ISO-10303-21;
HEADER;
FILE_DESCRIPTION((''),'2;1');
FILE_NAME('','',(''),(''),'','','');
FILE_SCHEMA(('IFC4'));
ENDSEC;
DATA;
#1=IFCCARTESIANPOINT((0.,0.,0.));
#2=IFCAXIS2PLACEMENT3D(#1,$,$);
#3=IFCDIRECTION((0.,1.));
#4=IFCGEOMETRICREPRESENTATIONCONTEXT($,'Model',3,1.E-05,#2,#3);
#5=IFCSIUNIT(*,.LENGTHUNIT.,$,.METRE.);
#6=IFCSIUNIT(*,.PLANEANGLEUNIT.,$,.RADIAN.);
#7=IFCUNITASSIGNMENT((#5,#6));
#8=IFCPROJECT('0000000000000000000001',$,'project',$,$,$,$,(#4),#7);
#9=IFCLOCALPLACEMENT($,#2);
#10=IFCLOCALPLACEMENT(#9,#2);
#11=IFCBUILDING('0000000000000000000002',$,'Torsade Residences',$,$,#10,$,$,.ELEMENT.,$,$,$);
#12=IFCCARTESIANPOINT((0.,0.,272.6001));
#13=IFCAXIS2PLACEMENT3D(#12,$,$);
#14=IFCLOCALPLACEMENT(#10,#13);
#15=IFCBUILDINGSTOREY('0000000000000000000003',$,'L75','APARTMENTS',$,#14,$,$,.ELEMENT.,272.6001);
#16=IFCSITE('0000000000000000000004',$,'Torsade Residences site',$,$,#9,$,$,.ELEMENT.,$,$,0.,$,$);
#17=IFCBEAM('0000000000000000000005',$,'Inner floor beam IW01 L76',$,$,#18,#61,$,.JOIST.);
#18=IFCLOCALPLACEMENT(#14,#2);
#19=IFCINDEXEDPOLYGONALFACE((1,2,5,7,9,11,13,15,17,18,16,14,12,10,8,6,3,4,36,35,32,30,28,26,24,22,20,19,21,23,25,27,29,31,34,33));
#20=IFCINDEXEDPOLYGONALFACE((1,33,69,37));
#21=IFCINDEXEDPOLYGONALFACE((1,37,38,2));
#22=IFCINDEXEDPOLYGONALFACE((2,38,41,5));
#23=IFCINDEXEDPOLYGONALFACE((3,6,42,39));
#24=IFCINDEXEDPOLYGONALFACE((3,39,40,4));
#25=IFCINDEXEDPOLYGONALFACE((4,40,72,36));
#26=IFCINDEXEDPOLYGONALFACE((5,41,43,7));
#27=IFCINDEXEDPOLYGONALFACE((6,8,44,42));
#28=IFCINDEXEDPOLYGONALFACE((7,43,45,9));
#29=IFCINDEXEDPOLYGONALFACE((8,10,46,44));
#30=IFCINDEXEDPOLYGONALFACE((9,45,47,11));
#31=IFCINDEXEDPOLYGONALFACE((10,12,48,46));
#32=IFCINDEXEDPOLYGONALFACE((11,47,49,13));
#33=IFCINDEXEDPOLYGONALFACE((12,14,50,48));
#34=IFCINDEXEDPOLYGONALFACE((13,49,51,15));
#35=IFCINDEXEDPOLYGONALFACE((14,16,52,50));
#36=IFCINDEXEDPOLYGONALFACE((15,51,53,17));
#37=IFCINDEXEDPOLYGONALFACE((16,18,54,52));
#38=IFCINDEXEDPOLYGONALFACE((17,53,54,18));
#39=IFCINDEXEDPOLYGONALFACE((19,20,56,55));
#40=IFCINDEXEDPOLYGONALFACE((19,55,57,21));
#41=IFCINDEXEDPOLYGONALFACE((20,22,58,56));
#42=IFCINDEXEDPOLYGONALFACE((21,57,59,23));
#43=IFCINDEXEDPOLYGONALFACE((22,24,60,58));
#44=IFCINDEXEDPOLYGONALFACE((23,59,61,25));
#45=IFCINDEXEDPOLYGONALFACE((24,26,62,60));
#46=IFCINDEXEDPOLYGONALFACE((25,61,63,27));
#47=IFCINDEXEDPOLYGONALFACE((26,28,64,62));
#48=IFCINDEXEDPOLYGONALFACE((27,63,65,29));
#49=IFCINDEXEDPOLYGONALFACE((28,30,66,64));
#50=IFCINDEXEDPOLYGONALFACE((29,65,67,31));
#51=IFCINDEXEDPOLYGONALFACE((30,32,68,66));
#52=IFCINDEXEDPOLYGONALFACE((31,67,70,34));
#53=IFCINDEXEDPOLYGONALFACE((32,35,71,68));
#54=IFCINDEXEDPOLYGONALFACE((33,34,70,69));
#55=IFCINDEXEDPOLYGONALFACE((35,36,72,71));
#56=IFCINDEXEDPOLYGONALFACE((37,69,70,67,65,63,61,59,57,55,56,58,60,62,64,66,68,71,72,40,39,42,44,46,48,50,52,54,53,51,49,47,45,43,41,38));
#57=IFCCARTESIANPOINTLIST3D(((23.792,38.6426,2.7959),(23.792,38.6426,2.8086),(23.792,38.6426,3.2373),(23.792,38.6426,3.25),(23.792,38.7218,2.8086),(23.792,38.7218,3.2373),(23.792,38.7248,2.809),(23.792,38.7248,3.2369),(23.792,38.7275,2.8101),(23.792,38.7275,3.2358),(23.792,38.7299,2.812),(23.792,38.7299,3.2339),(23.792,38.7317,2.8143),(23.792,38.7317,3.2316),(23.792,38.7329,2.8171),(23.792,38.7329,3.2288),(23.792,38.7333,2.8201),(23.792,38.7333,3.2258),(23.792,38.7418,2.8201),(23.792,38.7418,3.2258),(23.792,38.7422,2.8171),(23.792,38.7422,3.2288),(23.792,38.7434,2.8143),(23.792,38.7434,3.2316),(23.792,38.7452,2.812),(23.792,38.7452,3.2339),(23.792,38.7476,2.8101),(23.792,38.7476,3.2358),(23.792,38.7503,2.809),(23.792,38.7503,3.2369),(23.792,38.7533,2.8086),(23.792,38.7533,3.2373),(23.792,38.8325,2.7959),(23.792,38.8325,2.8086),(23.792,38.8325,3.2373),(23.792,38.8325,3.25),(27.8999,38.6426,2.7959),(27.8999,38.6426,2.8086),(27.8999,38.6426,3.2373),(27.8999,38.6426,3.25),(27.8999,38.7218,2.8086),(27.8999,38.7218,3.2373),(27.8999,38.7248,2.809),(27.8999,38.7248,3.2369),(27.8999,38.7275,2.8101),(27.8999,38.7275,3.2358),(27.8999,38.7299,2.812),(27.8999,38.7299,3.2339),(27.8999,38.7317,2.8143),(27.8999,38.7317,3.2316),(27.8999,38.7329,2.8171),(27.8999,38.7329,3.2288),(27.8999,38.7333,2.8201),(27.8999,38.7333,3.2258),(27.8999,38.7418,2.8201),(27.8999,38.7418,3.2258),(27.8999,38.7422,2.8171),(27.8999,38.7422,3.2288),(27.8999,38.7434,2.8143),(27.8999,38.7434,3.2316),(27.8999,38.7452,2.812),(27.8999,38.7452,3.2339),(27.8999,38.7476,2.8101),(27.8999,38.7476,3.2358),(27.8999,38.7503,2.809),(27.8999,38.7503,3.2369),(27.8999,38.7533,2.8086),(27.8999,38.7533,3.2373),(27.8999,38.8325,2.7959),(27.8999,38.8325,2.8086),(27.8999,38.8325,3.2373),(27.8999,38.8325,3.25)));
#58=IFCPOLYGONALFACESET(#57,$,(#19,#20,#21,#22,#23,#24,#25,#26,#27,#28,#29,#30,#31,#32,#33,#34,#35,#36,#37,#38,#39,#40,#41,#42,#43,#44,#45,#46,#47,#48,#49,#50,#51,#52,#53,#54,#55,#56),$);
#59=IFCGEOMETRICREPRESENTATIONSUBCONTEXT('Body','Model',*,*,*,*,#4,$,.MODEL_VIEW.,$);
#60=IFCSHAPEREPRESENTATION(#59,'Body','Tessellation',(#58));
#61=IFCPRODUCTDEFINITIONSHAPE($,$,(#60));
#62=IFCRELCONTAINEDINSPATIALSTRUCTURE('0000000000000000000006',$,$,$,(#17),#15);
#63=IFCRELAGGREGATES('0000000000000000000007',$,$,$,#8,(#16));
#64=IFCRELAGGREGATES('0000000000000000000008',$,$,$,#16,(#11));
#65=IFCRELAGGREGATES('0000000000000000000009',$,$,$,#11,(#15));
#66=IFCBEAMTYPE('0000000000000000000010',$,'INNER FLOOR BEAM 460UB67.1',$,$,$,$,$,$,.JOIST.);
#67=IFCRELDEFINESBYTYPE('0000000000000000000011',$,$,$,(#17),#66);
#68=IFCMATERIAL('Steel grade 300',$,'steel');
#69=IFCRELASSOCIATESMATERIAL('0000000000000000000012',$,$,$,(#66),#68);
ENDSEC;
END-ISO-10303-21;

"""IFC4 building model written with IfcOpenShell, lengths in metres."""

from ifc_helpers import new_model, si_unit, direction, frame, origin, origin_2d, place, context, subcontext, project, spatial, i_section, extrude, material, material_profile, profile_set, type_object, element, save


model = new_model("IFC4")

# Units and contexts
model_context = context("Model", 3, precision=1e-05, world=origin(), true_north=direction((0.0, 1.0)))
body_context = subcontext(model_context, "Body", "Model", "MODEL_VIEW")
ifc_project = project(units=[si_unit("LENGTHUNIT", "METRE"), si_unit("PLANEANGLEUNIT", "RADIAN")], contexts=[model_context])

# Site, building, storey
site_placement = place(None, origin())
site = spatial("IfcSite", under=ifc_project, at=site_placement, Name="Torsade Residences site", CompositionType="ELEMENT", RefElevation=0.0)
building_placement = place(site_placement, origin())
building = spatial("IfcBuilding", under=site, at=building_placement, Name="Torsade Residences", CompositionType="ELEMENT")
storey_placement = place(building_placement, frame((0.0, 0.0, 272.6001)))
storey = spatial("IfcBuildingStorey", under=building, at=storey_placement, Name="L75", Description="APARTMENTS", CompositionType="ELEMENT", Elevation=272.6001)

# Beam
ifc_material_1 = material(Name="Steel grade 300", Category="steel")
ifc_material_profile = material_profile(ifc_material_1, i_section(OverallWidth=0.1899, OverallDepth=0.4541, WebThickness=0.0085, FlangeThickness=0.0127, FilletRadius=0.0115, at=origin_2d()), Name="460UB67.1")
ifc_profile_set = profile_set([ifc_material_profile], Name="Steel grade 300")
beam_type = type_object("IfcBeamType", Name="INNER FLOOR BEAM 460UB67.1", PredefinedType="JOIST", material=ifc_profile_set)
beam_placement = place(storey_placement, frame((27.8999, 38.7375, 3.0229), z_axis=(-1.0, 0.0, 0.0), x_axis=(0.0, -1.0, 0.0)))
element("IfcBeam", 1, at=beam_placement, inside=storey, type_object=beam_type, Name="Inner floor beam IW01 L76", PredefinedType="JOIST", context=body_context, shape_type="SweptSolid", body=[
    extrude(i_section(OverallWidth=0.1899, OverallDepth=0.4541, WebThickness=0.0085, FlangeThickness=0.0127, FilletRadius=0.0115, at=origin_2d()), origin(), (0.0, 0.0, 1.0), 4.1079),
])

save(model, "model.ifc")
